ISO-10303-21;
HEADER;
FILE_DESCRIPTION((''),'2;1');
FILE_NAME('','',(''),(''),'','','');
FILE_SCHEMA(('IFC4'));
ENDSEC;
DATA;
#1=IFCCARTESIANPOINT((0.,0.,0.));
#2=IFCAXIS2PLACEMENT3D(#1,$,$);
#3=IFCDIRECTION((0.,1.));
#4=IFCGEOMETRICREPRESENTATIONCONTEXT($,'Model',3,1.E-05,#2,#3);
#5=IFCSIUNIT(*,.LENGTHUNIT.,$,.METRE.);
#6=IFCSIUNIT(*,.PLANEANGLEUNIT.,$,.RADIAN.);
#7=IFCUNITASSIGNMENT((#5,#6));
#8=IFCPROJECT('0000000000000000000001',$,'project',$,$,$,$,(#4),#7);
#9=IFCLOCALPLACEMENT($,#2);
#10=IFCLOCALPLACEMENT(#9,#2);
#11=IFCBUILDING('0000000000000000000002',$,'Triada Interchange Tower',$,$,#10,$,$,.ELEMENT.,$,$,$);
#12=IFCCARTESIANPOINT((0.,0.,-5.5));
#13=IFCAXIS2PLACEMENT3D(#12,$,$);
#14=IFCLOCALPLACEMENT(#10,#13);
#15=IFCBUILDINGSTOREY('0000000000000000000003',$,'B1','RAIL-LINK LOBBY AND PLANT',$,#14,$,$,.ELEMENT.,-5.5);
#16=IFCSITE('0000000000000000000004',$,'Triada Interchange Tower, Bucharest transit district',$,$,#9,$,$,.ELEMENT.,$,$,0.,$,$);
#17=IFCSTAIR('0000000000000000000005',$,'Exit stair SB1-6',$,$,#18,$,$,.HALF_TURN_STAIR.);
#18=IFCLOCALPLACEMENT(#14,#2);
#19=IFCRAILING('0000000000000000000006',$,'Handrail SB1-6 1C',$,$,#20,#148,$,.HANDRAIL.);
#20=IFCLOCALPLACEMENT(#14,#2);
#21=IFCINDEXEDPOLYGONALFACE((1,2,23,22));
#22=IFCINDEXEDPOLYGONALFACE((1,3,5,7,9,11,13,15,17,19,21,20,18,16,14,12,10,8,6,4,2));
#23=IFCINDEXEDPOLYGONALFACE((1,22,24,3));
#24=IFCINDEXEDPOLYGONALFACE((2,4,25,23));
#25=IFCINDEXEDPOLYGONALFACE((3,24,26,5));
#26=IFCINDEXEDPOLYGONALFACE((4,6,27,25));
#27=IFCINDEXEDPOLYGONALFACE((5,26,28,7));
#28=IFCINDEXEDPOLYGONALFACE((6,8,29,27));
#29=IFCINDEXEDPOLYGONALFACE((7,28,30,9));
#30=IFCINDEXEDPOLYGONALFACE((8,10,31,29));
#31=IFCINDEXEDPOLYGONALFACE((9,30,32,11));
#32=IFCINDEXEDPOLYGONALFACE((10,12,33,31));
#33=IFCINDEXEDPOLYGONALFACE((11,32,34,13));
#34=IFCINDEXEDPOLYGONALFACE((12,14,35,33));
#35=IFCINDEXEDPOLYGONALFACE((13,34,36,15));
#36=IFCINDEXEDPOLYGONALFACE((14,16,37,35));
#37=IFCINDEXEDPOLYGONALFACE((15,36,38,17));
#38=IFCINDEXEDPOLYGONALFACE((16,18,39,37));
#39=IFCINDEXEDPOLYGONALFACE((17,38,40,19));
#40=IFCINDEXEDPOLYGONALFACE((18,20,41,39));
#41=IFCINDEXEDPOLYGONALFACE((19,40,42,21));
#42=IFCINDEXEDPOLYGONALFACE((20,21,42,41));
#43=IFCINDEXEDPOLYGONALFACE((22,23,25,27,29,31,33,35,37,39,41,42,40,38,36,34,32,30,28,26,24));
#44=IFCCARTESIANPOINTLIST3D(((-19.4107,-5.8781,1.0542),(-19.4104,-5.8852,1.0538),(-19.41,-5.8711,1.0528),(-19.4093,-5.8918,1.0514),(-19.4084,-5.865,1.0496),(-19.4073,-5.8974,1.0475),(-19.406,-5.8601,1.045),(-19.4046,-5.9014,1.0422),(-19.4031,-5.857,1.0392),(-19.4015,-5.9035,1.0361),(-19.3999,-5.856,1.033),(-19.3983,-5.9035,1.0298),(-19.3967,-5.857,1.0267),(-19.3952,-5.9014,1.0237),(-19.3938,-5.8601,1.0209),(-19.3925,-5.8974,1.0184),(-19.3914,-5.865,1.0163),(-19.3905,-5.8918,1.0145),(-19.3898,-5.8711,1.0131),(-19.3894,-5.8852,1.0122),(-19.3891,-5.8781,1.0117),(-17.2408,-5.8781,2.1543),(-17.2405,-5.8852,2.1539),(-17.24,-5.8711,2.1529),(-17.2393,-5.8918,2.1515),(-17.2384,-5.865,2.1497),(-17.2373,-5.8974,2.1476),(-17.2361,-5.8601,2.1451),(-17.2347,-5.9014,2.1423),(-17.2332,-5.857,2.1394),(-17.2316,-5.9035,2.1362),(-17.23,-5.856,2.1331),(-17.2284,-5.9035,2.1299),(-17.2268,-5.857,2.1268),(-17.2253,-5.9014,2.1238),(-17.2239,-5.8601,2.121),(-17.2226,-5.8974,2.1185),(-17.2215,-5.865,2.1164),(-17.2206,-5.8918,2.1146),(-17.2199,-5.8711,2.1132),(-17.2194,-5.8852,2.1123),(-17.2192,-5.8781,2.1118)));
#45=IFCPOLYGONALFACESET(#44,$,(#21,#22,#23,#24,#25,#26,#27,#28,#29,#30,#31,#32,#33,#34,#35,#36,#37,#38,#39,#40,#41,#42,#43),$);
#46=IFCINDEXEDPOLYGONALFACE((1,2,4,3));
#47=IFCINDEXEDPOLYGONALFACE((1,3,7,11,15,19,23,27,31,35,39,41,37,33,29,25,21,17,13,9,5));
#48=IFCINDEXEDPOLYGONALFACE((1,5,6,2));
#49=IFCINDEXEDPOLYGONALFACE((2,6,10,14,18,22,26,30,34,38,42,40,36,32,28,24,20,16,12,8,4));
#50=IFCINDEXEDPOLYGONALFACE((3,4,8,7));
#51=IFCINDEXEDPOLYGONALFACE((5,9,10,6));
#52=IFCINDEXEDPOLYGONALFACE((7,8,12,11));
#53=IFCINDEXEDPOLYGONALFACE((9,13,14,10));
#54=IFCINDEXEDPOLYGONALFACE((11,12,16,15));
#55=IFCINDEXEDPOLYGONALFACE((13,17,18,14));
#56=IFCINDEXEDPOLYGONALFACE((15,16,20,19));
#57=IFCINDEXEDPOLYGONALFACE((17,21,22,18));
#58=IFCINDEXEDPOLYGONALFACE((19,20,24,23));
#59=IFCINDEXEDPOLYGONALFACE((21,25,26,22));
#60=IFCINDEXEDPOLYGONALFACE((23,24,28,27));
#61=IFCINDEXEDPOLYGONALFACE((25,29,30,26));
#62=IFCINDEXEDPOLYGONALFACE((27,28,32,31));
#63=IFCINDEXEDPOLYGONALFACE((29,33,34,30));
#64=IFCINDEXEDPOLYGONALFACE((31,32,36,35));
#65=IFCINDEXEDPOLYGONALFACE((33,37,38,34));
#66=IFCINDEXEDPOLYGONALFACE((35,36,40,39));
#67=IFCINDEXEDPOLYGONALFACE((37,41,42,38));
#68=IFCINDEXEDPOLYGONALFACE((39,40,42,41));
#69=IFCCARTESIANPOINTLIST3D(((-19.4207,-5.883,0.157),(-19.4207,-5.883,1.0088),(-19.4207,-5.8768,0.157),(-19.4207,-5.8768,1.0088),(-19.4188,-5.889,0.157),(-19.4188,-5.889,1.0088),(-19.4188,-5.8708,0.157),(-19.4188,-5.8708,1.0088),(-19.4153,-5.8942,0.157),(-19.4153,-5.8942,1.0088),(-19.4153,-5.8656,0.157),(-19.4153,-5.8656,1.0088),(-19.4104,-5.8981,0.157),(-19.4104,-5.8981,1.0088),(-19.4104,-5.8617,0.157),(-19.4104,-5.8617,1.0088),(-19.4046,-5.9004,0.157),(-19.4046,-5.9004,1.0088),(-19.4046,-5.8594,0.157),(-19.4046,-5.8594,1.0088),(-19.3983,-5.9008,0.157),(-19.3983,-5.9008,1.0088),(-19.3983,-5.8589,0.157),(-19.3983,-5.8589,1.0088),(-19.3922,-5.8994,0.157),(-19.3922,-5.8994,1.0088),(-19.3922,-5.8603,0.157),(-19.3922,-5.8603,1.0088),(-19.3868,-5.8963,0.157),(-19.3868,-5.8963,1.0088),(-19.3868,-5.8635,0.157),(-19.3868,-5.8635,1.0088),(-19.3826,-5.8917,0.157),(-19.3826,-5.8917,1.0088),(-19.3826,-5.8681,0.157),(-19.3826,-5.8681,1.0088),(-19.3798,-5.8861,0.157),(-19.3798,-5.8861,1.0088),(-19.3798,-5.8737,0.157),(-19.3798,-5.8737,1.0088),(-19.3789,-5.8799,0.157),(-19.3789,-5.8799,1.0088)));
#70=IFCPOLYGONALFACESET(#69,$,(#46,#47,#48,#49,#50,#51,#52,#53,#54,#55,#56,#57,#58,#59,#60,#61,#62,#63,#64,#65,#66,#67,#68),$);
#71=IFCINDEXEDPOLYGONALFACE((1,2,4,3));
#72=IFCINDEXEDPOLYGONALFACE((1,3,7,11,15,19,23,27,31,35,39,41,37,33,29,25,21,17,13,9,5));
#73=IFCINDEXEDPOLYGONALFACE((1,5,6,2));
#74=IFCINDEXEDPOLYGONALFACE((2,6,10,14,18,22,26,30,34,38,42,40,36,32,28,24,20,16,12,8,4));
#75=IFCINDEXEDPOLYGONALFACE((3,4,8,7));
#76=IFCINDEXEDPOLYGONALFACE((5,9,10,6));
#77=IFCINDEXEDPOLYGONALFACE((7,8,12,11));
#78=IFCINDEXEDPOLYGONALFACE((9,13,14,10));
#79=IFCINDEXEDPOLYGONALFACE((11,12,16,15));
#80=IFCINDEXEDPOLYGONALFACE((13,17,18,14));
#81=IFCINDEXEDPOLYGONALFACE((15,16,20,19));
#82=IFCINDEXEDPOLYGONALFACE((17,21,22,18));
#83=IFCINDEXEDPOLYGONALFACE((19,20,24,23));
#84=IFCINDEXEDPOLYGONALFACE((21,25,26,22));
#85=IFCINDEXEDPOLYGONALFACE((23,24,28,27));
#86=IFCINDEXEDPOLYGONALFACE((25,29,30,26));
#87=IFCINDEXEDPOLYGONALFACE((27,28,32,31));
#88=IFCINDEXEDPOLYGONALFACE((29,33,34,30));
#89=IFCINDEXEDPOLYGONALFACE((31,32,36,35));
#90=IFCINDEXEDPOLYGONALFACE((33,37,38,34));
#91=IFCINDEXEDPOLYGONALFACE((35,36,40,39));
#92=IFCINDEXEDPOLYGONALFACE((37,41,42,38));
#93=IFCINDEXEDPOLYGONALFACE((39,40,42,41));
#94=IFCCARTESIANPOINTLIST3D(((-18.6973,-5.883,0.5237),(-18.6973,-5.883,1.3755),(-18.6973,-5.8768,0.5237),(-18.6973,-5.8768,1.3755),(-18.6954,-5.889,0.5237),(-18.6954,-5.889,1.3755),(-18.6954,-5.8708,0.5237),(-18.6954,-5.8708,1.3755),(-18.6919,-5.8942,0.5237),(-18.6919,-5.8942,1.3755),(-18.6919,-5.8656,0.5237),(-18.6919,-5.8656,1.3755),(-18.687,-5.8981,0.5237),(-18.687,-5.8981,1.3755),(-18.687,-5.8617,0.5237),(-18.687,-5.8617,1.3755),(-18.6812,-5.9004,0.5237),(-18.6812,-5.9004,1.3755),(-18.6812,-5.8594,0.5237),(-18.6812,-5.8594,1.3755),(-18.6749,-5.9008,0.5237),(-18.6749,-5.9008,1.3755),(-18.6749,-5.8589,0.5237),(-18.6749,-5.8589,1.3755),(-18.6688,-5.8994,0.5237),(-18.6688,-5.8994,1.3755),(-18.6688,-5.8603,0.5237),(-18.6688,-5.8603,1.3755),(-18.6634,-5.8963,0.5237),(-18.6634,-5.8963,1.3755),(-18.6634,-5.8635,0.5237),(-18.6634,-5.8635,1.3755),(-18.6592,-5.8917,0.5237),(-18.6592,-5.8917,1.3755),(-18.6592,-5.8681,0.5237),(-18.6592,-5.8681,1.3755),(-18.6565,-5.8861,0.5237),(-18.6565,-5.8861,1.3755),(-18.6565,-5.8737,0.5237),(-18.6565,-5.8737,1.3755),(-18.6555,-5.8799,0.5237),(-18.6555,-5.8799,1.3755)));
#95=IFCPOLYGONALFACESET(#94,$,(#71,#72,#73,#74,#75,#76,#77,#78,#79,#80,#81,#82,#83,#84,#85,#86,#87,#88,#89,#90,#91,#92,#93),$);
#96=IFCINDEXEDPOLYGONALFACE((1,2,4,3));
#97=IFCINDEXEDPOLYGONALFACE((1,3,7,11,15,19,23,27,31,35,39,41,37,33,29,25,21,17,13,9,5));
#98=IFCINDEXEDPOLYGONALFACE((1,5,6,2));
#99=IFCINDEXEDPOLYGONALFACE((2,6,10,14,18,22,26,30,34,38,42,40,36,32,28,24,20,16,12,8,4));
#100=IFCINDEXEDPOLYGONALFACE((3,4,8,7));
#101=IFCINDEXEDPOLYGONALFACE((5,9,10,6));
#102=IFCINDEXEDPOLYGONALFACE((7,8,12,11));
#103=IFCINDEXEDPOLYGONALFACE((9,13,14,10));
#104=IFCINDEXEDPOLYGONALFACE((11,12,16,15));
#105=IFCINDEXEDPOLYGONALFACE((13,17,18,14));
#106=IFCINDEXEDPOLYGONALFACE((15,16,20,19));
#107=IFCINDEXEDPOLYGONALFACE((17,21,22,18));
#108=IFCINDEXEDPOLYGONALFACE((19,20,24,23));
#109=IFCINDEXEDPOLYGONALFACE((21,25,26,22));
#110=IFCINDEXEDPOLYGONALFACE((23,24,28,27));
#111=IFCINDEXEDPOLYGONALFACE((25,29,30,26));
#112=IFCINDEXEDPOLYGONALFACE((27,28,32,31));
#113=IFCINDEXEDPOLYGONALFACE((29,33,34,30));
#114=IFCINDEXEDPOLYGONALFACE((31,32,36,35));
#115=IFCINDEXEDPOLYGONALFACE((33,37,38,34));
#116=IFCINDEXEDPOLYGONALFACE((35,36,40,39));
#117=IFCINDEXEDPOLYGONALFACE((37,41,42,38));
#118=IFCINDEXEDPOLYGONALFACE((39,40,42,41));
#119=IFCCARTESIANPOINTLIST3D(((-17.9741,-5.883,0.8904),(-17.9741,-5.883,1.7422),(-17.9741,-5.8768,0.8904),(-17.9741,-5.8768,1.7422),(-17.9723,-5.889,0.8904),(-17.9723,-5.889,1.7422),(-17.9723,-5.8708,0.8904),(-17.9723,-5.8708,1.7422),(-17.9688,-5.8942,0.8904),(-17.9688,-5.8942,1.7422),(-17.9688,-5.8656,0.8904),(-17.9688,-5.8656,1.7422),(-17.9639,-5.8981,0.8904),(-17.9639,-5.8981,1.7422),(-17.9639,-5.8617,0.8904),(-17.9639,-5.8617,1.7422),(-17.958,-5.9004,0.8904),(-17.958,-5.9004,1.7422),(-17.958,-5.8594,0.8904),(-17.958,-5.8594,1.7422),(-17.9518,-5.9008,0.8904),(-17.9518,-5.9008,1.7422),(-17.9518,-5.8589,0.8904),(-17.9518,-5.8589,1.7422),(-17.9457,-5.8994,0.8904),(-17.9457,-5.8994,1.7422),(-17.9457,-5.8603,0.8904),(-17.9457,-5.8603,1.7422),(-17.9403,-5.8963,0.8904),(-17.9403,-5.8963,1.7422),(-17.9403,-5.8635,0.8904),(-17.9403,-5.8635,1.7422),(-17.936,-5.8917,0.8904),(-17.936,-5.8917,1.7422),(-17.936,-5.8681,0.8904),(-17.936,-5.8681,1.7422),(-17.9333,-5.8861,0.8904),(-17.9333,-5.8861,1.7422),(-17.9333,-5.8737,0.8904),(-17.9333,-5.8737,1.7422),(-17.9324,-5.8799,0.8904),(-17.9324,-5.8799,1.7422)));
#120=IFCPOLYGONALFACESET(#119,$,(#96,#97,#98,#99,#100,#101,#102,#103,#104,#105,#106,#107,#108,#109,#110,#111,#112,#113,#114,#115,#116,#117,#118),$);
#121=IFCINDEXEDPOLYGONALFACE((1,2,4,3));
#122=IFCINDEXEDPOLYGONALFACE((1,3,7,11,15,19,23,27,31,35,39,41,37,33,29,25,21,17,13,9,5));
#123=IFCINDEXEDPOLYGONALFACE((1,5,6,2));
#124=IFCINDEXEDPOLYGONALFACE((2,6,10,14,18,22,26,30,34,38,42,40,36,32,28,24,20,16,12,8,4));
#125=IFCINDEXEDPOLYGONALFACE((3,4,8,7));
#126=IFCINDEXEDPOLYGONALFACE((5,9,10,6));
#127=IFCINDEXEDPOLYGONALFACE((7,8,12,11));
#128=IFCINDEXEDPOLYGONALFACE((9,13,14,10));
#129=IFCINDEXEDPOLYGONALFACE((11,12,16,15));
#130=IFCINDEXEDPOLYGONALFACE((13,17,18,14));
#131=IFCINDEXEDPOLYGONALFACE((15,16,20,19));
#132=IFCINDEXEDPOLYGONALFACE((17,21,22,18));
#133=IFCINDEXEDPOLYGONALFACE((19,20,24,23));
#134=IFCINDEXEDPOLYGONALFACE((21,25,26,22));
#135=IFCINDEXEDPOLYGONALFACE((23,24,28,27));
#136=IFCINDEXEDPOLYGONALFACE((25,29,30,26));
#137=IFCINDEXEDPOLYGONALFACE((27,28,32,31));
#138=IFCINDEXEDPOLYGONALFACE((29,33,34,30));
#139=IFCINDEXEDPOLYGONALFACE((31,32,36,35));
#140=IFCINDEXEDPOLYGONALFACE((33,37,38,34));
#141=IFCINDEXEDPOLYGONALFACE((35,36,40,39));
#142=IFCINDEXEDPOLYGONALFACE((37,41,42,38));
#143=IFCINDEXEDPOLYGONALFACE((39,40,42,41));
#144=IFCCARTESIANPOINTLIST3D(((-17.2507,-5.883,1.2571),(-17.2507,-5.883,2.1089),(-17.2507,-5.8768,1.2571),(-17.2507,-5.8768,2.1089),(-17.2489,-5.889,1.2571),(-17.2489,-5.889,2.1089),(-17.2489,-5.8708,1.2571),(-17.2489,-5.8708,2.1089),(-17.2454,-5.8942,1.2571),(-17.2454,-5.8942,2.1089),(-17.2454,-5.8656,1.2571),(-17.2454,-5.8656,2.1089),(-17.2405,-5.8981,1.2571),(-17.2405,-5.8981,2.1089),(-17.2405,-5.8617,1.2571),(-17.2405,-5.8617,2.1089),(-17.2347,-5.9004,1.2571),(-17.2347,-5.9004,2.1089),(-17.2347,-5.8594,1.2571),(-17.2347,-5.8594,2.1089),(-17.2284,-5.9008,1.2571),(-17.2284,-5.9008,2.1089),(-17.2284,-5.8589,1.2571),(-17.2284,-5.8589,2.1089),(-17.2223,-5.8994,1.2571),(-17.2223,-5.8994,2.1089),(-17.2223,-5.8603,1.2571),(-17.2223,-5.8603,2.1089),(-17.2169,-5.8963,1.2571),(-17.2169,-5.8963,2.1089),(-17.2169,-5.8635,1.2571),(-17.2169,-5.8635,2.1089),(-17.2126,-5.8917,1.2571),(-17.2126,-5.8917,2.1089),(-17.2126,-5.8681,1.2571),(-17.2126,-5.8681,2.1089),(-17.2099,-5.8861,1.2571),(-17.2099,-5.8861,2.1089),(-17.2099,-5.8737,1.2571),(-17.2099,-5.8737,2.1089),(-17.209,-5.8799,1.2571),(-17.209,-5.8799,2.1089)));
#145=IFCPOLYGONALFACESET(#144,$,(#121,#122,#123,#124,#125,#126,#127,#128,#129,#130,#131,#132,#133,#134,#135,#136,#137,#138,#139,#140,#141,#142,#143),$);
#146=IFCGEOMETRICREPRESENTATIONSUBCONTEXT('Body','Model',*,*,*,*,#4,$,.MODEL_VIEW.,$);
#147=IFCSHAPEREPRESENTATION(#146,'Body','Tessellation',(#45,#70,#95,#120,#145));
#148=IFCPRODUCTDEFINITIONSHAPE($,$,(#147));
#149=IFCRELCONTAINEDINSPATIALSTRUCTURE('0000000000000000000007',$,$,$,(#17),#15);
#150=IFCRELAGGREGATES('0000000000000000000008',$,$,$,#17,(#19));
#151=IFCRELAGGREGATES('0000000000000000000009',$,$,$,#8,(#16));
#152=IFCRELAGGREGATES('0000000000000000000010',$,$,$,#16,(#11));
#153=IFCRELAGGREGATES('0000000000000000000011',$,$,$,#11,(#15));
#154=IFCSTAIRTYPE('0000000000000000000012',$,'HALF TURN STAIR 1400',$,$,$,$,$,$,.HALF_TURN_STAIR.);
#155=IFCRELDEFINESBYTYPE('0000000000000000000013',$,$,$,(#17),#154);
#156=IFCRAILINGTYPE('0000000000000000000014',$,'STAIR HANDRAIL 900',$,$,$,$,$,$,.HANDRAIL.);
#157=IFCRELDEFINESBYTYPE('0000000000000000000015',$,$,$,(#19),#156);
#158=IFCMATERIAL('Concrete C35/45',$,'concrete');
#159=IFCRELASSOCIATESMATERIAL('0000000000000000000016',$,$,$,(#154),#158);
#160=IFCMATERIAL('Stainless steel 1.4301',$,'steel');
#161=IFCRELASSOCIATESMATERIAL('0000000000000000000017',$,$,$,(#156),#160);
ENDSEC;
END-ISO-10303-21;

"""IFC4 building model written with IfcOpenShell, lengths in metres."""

from ifc_helpers import new_model, si_unit, direction, frame, origin, origin_2d, place, context, subcontext, project, spatial, circle, extrude, material, type_object, element, aggregate, save


model = new_model("IFC4")

# Units and contexts
model_context = context("Model", 3, precision=1e-05, world=origin(), true_north=direction((0.0, 1.0)))
body_context = subcontext(model_context, "Body", "Model", "MODEL_VIEW")
ifc_project = project(units=[si_unit("LENGTHUNIT", "METRE"), si_unit("PLANEANGLEUNIT", "RADIAN")], contexts=[model_context])

# Site, building, storey
site_placement = place(None, origin())
site = spatial("IfcSite", under=ifc_project, at=site_placement, Name="Triada Interchange Tower, Bucharest transit district", CompositionType="ELEMENT", RefElevation=0.0)
building_placement = place(site_placement, origin())
building = spatial("IfcBuilding", under=site, at=building_placement, Name="Triada Interchange Tower", CompositionType="ELEMENT")
storey_placement = place(building_placement, frame((0.0, 0.0, -5.5)))
storey = spatial("IfcBuildingStorey", under=building, at=storey_placement, Name="B1", Description="RAIL-LINK LOBBY AND PLANT", CompositionType="ELEMENT", Elevation=-5.5)

# Stair, railing
ifc_material_1 = material(Name="Concrete C35/45", Category="concrete")
stair_type = type_object("IfcStairType", Name="HALF TURN STAIR 1400", PredefinedType="HALF_TURN_STAIR", material=ifc_material_1)
stair_placement = place(storey_placement, origin())
stair = element("IfcStair", 1, at=stair_placement, inside=storey, type_object=stair_type, Name="Exit stair SB1-6", PredefinedType="HALF_TURN_STAIR")
ifc_material_2 = material(Name="Stainless steel 1.4301", Category="steel")
railing_type = type_object("IfcRailingType", Name="STAIR HANDRAIL 900", PredefinedType="HANDRAIL", material=ifc_material_2)
railing_1_placement = place(storey_placement, frame((-19.3999, -5.8799, 0.157)))
railing_1 = element("IfcRailing", 2, at=railing_1_placement, type_object=railing_type, Name="Handrail SB1-6 1C", PredefinedType="HANDRAIL", context=body_context, shape_type="SweptSolid", body=[
    extrude(circle(Radius=0.0239, at=origin_2d()), frame((0.0, 0.0, 0.876), z_axis=(0.891925, 0.0, 0.452184), x_axis=(0.0, 1.0, 0.0)), (0.0, 0.0, 1.0), 2.4329),
    extrude(circle(Radius=0.021, at=origin_2d()), origin(), (0.0, 0.0, 1.0), 0.8518),
    extrude(circle(Radius=0.021, at=origin_2d()), frame((0.7234, 0.0, 0.3667)), (0.0, 0.0, 1.0), 0.8518),
    extrude(circle(Radius=0.021, at=origin_2d()), frame((1.4465, 0.0, 0.7334)), (0.0, 0.0, 1.0), 0.8518),
    extrude(circle(Radius=0.021, at=origin_2d()), frame((2.1699, 0.0, 1.1001)), (0.0, 0.0, 1.0), 0.8518),
])
aggregate(stair, [railing_1])

save(model, "model.ifc")
